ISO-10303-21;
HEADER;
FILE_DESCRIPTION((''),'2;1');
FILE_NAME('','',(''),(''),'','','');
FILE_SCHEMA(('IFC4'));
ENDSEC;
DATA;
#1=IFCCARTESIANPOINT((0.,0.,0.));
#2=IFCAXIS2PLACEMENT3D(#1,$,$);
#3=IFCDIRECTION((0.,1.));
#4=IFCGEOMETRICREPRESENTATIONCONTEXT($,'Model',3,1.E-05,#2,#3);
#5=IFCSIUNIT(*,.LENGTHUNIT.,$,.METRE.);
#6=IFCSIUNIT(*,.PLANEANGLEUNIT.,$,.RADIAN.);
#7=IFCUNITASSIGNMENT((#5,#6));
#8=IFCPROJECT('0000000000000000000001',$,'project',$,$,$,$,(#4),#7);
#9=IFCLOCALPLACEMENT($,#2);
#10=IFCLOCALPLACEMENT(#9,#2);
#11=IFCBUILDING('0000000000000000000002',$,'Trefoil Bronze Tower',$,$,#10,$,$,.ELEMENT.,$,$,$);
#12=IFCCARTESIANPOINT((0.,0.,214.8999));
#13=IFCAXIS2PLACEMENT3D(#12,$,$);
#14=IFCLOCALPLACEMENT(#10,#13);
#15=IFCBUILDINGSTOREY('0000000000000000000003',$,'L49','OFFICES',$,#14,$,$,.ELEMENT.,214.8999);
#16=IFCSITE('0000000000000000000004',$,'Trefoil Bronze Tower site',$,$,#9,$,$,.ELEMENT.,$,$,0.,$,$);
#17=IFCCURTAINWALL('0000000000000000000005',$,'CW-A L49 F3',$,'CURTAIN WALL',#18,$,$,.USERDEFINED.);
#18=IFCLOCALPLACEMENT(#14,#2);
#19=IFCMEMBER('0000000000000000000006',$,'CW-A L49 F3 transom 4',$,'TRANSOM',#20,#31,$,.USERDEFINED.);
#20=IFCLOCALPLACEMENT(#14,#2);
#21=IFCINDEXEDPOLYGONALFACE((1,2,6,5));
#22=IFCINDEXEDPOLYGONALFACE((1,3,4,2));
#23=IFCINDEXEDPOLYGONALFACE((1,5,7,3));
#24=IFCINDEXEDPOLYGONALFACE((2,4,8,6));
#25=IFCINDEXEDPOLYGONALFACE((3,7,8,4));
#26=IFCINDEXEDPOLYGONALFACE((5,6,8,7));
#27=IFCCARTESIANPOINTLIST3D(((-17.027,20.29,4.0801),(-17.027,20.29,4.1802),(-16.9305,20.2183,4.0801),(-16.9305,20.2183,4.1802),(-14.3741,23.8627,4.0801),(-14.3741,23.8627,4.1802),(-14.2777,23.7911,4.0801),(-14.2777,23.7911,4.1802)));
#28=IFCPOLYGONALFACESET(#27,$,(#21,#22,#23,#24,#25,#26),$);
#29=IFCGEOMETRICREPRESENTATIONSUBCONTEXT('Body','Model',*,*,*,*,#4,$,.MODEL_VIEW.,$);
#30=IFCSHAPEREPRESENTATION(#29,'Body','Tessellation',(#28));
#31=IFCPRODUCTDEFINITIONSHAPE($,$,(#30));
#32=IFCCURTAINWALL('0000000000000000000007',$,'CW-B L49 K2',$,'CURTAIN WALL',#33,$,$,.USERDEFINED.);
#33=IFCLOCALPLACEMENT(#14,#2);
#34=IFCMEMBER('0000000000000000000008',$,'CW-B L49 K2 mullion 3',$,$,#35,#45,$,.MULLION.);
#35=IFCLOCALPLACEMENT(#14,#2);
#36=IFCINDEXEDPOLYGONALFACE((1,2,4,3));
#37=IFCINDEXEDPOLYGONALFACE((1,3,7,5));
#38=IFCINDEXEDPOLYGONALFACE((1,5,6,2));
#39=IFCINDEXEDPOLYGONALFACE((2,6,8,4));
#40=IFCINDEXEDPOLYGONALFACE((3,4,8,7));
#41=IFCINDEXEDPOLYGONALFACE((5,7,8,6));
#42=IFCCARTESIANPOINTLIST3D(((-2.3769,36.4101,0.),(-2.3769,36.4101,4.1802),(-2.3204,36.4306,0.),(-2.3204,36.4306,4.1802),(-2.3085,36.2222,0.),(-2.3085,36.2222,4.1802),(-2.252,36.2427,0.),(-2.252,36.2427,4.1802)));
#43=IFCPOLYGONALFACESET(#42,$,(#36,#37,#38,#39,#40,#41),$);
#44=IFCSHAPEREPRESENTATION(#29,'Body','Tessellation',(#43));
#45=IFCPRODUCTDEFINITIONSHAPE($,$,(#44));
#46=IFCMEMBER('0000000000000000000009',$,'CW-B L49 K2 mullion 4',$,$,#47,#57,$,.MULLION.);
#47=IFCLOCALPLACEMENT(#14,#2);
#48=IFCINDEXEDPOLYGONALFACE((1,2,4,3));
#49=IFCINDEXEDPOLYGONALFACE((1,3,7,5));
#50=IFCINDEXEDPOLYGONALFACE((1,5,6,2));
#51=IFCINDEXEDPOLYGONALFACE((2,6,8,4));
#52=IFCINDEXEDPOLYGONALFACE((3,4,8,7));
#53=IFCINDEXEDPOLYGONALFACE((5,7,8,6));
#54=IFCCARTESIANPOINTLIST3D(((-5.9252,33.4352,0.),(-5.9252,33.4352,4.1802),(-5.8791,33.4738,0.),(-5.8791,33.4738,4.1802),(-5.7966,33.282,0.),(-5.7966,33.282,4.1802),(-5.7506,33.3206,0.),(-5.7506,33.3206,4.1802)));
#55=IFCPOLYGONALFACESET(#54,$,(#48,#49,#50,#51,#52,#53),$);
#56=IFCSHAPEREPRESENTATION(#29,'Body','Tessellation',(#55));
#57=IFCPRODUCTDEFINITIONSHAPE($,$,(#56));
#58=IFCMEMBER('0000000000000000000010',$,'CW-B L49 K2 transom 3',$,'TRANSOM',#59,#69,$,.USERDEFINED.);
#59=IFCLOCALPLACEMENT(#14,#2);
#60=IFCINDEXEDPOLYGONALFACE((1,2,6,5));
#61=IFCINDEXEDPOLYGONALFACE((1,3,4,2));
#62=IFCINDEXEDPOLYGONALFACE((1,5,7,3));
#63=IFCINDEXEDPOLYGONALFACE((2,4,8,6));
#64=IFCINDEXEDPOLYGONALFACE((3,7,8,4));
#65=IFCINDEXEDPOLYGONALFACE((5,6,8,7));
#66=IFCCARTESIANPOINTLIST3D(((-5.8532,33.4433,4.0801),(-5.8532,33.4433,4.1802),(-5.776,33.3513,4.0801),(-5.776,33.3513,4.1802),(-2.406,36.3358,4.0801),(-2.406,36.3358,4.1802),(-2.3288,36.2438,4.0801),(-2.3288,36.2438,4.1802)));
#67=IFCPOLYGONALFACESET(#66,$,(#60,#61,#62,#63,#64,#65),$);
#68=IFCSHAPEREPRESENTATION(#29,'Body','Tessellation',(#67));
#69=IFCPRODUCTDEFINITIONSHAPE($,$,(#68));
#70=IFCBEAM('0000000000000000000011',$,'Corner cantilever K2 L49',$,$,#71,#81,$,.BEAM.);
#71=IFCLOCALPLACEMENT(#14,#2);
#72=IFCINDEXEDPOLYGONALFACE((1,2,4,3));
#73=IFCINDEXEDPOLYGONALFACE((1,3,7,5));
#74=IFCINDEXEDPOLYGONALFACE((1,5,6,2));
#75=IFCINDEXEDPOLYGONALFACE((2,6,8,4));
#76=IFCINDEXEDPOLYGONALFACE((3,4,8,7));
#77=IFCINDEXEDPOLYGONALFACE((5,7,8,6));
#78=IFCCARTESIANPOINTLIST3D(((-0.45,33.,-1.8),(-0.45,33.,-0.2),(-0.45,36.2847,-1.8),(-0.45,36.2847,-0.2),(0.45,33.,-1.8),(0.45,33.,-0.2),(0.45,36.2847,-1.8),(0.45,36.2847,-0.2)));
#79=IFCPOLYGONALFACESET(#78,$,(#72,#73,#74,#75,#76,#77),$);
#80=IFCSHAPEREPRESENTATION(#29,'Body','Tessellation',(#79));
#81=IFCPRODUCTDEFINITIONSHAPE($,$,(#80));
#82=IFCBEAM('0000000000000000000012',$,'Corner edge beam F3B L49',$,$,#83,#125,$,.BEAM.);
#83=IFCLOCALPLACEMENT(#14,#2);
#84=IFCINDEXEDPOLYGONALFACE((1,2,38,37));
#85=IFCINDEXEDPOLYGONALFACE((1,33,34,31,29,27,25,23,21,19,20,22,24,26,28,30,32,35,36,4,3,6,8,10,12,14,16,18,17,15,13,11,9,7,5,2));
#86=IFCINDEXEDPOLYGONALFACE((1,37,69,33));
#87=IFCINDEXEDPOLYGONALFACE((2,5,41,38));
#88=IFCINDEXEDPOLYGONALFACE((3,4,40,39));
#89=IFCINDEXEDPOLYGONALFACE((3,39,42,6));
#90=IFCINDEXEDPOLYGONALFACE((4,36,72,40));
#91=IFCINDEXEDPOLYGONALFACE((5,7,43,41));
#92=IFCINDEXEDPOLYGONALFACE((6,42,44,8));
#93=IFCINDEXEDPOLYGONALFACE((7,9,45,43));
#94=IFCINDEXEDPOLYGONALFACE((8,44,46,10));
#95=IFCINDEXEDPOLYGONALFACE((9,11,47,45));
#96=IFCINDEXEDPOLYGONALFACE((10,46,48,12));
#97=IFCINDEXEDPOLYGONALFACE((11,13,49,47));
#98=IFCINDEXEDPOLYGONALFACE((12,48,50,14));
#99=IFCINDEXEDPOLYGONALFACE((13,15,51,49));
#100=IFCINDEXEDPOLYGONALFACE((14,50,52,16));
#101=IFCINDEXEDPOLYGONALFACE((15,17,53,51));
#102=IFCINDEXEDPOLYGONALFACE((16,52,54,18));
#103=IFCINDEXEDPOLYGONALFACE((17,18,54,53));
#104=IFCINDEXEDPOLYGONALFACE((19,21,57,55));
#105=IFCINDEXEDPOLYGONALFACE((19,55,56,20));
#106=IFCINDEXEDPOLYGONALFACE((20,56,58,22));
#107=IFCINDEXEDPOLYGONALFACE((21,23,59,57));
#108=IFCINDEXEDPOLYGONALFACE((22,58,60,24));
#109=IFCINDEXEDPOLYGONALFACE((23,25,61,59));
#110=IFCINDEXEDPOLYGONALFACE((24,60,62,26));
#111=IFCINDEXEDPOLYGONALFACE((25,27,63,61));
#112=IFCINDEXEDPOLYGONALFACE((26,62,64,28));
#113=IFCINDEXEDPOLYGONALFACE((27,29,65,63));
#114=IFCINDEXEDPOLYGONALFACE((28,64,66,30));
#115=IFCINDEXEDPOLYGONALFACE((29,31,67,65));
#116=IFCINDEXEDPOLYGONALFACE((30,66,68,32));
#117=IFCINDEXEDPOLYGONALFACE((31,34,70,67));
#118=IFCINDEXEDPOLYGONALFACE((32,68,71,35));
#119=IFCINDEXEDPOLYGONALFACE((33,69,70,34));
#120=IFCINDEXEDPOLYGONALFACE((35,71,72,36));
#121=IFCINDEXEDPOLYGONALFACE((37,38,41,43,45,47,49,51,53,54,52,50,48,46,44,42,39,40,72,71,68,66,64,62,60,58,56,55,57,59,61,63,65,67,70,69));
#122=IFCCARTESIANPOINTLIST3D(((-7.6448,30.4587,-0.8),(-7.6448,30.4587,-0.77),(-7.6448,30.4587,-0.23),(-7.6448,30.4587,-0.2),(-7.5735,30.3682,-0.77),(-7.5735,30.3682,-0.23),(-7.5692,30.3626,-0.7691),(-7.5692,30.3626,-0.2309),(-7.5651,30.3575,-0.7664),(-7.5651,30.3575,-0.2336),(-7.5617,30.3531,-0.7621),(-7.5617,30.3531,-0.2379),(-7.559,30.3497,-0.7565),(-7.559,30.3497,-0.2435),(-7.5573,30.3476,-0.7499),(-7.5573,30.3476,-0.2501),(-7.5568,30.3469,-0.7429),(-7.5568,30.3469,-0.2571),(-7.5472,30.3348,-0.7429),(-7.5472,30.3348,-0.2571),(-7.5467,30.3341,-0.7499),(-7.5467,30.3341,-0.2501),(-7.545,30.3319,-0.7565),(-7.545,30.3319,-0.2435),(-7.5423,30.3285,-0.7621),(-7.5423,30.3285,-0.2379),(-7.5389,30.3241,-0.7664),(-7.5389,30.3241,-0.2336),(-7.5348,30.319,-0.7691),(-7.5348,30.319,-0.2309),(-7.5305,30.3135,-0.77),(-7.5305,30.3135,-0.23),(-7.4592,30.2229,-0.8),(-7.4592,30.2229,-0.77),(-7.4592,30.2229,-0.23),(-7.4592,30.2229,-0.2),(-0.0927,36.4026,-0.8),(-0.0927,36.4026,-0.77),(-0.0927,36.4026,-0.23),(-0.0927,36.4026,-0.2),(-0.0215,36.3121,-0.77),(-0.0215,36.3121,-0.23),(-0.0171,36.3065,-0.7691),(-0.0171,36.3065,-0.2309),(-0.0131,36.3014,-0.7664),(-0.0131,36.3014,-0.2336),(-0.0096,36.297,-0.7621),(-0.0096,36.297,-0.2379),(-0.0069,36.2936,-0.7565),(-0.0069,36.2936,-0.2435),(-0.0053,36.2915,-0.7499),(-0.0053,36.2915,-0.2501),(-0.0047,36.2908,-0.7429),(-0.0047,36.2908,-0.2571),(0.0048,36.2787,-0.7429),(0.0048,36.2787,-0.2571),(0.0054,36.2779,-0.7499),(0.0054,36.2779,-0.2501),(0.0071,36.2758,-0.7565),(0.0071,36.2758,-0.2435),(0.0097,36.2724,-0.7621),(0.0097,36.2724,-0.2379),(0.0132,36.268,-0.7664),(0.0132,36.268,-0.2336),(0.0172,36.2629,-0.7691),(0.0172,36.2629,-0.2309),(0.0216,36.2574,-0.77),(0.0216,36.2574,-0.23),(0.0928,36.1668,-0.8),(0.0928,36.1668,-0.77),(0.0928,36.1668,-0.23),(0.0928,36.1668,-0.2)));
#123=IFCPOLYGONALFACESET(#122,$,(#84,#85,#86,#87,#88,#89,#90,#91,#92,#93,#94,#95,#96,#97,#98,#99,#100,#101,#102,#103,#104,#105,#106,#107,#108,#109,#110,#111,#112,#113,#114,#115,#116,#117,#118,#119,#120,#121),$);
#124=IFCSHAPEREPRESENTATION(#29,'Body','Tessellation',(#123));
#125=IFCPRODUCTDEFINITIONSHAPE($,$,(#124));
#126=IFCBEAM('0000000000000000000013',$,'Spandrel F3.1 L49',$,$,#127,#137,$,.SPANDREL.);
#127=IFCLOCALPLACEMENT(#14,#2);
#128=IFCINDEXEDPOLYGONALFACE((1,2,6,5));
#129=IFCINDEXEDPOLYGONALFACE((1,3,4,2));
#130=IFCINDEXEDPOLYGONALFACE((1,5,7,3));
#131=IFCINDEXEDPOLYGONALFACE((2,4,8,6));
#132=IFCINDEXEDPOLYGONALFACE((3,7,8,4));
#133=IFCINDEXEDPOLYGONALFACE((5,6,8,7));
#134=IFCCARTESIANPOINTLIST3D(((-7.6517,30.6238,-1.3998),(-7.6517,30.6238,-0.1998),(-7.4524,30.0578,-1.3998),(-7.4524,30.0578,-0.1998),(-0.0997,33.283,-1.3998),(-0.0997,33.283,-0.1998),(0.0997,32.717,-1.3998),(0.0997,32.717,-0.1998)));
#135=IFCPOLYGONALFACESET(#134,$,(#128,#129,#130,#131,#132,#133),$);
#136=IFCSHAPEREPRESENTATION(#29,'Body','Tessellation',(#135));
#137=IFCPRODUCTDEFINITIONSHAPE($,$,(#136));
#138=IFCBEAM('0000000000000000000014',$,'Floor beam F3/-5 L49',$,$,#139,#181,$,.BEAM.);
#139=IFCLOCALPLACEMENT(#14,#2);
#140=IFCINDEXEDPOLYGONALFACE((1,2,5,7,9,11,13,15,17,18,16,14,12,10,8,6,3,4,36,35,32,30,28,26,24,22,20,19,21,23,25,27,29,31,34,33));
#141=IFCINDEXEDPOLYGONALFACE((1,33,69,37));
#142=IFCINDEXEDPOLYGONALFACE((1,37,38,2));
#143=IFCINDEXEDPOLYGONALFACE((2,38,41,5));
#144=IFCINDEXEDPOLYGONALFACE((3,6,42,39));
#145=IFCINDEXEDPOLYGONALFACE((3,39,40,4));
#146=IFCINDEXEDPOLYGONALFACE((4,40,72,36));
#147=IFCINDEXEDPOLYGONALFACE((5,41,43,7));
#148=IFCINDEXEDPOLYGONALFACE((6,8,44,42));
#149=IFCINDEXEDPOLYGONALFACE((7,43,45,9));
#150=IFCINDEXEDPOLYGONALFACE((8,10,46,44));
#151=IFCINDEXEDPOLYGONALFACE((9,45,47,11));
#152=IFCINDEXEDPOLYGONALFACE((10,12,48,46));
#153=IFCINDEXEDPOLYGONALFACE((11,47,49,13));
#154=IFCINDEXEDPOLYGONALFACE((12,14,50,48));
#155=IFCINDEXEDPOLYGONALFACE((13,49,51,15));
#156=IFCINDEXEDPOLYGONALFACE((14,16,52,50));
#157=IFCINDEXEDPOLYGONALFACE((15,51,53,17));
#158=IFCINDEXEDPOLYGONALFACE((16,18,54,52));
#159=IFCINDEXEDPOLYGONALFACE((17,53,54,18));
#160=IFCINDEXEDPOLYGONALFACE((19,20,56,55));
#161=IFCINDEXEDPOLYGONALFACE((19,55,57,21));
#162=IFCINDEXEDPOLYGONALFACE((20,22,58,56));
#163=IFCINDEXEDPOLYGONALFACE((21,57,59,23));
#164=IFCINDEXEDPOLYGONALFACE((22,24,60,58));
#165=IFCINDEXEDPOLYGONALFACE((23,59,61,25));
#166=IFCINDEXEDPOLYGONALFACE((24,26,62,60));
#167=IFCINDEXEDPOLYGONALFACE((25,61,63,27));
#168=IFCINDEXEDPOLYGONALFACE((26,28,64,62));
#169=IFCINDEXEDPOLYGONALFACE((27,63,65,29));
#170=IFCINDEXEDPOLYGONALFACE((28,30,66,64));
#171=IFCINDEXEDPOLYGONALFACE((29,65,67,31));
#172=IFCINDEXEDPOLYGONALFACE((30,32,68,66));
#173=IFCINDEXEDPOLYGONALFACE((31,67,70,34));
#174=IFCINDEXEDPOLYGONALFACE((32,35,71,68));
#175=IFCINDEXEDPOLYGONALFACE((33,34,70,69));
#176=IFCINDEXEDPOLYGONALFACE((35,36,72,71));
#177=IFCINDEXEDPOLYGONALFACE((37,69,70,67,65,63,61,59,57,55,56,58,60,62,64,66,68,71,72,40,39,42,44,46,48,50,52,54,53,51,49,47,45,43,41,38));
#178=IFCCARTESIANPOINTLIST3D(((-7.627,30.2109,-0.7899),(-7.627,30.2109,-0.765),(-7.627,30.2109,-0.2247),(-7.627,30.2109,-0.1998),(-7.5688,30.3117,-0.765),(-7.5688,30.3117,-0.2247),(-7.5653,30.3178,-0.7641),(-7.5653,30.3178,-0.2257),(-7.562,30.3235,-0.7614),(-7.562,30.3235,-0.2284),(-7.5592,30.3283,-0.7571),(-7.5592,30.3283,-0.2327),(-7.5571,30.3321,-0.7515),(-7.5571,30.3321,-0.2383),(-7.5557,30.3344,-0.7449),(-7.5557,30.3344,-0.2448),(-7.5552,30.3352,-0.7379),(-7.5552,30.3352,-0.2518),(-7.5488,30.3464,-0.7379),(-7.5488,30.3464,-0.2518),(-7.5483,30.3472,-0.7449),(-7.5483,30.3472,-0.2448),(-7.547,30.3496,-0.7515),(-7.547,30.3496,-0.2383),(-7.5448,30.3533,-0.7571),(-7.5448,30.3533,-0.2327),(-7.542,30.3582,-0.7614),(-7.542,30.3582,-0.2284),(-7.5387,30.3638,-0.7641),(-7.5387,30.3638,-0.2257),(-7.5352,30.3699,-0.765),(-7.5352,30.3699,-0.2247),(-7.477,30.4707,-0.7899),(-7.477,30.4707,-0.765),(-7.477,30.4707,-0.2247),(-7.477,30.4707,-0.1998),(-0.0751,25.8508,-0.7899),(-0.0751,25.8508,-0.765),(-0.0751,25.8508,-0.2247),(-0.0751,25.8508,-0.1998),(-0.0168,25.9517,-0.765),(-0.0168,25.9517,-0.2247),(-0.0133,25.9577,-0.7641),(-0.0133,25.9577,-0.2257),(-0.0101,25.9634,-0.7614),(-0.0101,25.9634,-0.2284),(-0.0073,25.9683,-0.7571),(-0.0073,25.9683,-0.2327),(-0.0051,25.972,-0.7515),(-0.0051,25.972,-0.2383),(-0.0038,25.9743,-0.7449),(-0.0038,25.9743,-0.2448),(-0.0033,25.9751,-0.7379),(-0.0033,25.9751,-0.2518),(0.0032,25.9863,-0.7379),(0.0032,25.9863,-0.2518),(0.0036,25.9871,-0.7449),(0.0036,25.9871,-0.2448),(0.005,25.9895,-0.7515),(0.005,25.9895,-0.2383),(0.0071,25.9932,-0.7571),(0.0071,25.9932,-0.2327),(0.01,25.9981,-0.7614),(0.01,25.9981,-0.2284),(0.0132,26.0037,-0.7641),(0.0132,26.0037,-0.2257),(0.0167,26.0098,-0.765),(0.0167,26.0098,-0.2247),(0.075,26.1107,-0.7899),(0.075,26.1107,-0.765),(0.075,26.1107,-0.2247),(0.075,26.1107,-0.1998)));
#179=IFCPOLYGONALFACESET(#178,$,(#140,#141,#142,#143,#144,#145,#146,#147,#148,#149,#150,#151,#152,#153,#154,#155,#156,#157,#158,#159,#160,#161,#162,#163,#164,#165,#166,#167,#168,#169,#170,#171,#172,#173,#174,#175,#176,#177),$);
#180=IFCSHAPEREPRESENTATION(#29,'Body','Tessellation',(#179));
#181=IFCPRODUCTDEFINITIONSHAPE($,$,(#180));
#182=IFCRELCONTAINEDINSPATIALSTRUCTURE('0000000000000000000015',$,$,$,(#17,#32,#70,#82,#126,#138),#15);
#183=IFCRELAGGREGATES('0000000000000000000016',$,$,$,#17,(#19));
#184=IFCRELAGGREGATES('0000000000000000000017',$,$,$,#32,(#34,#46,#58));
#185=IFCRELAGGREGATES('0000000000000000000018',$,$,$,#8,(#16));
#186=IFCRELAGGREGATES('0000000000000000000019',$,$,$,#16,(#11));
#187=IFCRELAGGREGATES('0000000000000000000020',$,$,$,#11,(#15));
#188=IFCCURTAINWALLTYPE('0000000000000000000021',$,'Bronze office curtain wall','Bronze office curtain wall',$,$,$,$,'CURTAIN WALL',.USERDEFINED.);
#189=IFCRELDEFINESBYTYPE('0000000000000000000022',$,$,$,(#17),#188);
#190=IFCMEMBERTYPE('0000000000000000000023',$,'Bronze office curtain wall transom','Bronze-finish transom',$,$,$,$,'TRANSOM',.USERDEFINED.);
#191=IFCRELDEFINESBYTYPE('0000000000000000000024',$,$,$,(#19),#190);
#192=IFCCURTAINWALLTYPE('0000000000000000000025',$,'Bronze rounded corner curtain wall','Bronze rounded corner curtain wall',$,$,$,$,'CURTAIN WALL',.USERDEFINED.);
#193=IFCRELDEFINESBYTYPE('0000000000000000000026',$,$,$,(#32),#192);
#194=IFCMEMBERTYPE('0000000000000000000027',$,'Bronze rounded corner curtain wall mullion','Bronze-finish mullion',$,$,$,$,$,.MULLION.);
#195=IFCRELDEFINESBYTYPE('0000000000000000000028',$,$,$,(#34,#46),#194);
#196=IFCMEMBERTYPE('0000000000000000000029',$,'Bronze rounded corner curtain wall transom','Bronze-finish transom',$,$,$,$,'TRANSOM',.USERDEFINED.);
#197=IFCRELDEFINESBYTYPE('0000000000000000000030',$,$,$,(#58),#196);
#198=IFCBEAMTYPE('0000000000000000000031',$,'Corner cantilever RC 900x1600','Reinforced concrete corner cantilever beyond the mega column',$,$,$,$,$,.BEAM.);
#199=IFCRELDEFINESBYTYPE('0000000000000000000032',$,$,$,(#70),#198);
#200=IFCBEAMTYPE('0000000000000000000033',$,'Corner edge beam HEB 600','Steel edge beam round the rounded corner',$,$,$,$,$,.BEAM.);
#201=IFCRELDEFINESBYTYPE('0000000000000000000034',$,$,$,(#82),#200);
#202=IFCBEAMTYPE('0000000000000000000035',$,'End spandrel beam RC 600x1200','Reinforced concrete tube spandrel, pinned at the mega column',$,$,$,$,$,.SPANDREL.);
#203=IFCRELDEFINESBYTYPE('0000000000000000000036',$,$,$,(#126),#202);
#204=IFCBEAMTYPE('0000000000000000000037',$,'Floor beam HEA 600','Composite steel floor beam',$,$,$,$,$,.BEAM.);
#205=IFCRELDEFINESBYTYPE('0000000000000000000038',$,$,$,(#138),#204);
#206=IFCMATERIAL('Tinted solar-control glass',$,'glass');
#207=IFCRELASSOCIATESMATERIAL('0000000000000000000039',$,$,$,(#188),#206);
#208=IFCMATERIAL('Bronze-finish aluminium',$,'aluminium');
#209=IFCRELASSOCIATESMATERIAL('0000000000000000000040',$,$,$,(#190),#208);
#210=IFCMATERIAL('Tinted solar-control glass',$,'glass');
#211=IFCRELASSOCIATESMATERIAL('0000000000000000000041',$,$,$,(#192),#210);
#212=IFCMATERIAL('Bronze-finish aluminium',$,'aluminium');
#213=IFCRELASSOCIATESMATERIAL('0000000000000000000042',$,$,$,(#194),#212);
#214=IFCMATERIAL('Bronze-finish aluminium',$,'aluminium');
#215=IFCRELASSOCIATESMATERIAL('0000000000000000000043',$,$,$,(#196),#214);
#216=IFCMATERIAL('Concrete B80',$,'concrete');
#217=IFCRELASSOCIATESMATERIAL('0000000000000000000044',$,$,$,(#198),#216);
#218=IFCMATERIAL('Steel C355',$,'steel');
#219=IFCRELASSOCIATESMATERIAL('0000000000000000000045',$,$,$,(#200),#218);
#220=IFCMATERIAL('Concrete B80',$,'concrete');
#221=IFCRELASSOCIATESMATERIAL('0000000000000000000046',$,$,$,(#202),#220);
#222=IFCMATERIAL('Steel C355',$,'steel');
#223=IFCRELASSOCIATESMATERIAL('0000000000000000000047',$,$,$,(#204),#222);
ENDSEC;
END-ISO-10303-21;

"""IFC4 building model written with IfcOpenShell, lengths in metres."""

from ifc_helpers import new_model, si_unit, direction, frame, origin, origin_2d, place, context, subcontext, project, spatial, rectangle, i_section, extrude, material, material_profile, profile_set, type_object, element, aggregate, save


model = new_model("IFC4")

# Units and contexts
model_context = context("Model", 3, precision=1e-05, world=origin(), true_north=direction((0.0, 1.0)))
body_context = subcontext(model_context, "Body", "Model", "MODEL_VIEW")
ifc_project = project(units=[si_unit("LENGTHUNIT", "METRE"), si_unit("PLANEANGLEUNIT", "RADIAN")], contexts=[model_context])

# Site, building, storey
site_placement = place(None, origin())
site = spatial("IfcSite", under=ifc_project, at=site_placement, Name="Trefoil Bronze Tower site", CompositionType="ELEMENT", RefElevation=0.0)
building_placement = place(site_placement, origin())
building = spatial("IfcBuilding", under=site, at=building_placement, Name="Trefoil Bronze Tower", CompositionType="ELEMENT")
storey_placement = place(building_placement, frame((0.0, 0.0, 214.8999)))
storey = spatial("IfcBuildingStorey", under=building, at=storey_placement, Name="L49", Description="OFFICES", CompositionType="ELEMENT", Elevation=214.8999)

# Curtain walls, members
ifc_material_1 = material(Name="Tinted solar-control glass", Category="glass")
curtain_wall_type_1 = type_object("IfcCurtainWallType", Name="Bronze office curtain wall", Description="Bronze office curtain wall", ElementType="CURTAIN WALL", PredefinedType="USERDEFINED", material=ifc_material_1)
curtain_wall_1_placement = place(storey_placement, origin())
curtain_wall_1 = element("IfcCurtainWall", 1, at=curtain_wall_1_placement, inside=storey, type_object=curtain_wall_type_1, Name="CW-A L49 F3", ObjectType="CURTAIN WALL", PredefinedType="USERDEFINED")
ifc_material_2 = material(Name="Bronze-finish aluminium", Category="aluminium")
ifc_material_profile_1 = material_profile(ifc_material_2, rectangle(XDim=0.1201, YDim=0.1001, at=origin_2d()), Name="CW-A transom")
ifc_profile_set_1 = profile_set([ifc_material_profile_1], Name="Bronze-finish aluminium")
member_type_1 = type_object("IfcMemberType", Name="Bronze office curtain wall transom", Description="Bronze-finish transom", ElementType="TRANSOM", PredefinedType="USERDEFINED", material=ifc_profile_set_1)
member_1_placement = place(storey_placement, frame((-14.3259, 23.8269, 4.1301), z_axis=(-0.596148, -0.802874, 0.0), x_axis=(0.802874, -0.596148, 0.0)))
member_1 = element("IfcMember", 2, at=member_1_placement, type_object=member_type_1, Name="CW-A L49 F3 transom 4", ObjectType="TRANSOM", PredefinedType="USERDEFINED", context=body_context, shape_type="SweptSolid", body=[
    extrude(rectangle(XDim=0.1201, YDim=0.1001, at=origin_2d()), origin(), (0.0, 0.0, 1.0), 4.45),
])
ifc_material_3 = material(Name="Tinted solar-control glass", Category="glass")
curtain_wall_type_2 = type_object("IfcCurtainWallType", Name="Bronze rounded corner curtain wall", Description="Bronze rounded corner curtain wall", ElementType="CURTAIN WALL", PredefinedType="USERDEFINED", material=ifc_material_3)
curtain_wall_2_placement = place(storey_placement, origin())
curtain_wall_2 = element("IfcCurtainWall", 3, at=curtain_wall_2_placement, inside=storey, type_object=curtain_wall_type_2, Name="CW-B L49 K2", ObjectType="CURTAIN WALL", PredefinedType="USERDEFINED")
ifc_material_4 = material(Name="Bronze-finish aluminium", Category="aluminium")
ifc_material_profile_2 = material_profile(ifc_material_4, rectangle(XDim=0.2, YDim=0.0601, at=origin_2d()), Name="CW-B mullion")
ifc_profile_set_2 = profile_set([ifc_material_profile_2], Name="Bronze-finish aluminium")
member_type_2 = type_object("IfcMemberType", Name="Bronze rounded corner curtain wall mullion", Description="Bronze-finish mullion", PredefinedType="MULLION", material=ifc_profile_set_2)
member_2_placement = place(storey_placement, frame((-2.3145, 36.3264, 0.0), z_axis=(0.0, 0.0, 1.0), x_axis=(0.34202, -0.939693, 0.0)))
member_2 = element("IfcMember", 4, at=member_2_placement, type_object=member_type_2, Name="CW-B L49 K2 mullion 3", PredefinedType="MULLION", context=body_context, shape_type="SweptSolid", body=[
    extrude(rectangle(XDim=0.2, YDim=0.0601, at=origin_2d()), origin(), (0.0, 0.0, 1.0), 4.1802),
])
member_3_placement = place(storey_placement, frame((-5.8379, 33.3779, 0.0), z_axis=(0.0, 0.0, 1.0), x_axis=(0.642788, -0.766044, 0.0)))
member_3 = element("IfcMember", 5, at=member_3_placement, type_object=member_type_2, Name="CW-B L49 K2 mullion 4", PredefinedType="MULLION", context=body_context, shape_type="SweptSolid", body=[
    extrude(rectangle(XDim=0.2, YDim=0.0601, at=origin_2d()), origin(), (0.0, 0.0, 1.0), 4.1802),
])
ifc_material_5 = material(Name="Bronze-finish aluminium", Category="aluminium")
ifc_material_profile_3 = material_profile(ifc_material_5, rectangle(XDim=0.1201, YDim=0.1001, at=origin_2d()), Name="CW-B transom")
ifc_profile_set_3 = profile_set([ifc_material_profile_3], Name="Bronze-finish aluminium")
member_type_3 = type_object("IfcMemberType", Name="Bronze rounded corner curtain wall transom", Description="Bronze-finish transom", ElementType="TRANSOM", PredefinedType="USERDEFINED", material=ifc_profile_set_3)
member_4_placement = place(storey_placement, frame((-2.3674, 36.2898, 4.1301), z_axis=(-0.766047, -0.642785, 0.0), x_axis=(0.642785, -0.766047, 0.0)))
member_4 = element("IfcMember", 6, at=member_4_placement, type_object=member_type_3, Name="CW-B L49 K2 transom 3", ObjectType="TRANSOM", PredefinedType="USERDEFINED", context=body_context, shape_type="SweptSolid", body=[
    extrude(rectangle(XDim=0.1201, YDim=0.1001, at=origin_2d()), origin(), (0.0, 0.0, 1.0), 4.5),
])

# Beams
ifc_material_6 = material(Name="Concrete B80", Category="concrete")
ifc_material_profile_4 = material_profile(ifc_material_6, rectangle(XDim=0.8999, YDim=1.6001, at=origin_2d()), Name="RC 900x1600")
ifc_profile_set_4 = profile_set([ifc_material_profile_4], Name="Concrete B80")
beam_type_1 = type_object("IfcBeamType", Name="Corner cantilever RC 900x1600", Description="Reinforced concrete corner cantilever beyond the mega column", PredefinedType="BEAM", material=ifc_profile_set_4)
beam_1_placement = place(storey_placement, frame((0.0, 33.0, -1.0), z_axis=(0.0, 1.0, 0.0), x_axis=(-1.0, 0.0, 0.0)))
element("IfcBeam", 7, at=beam_1_placement, inside=storey, type_object=beam_type_1, Name="Corner cantilever K2 L49", PredefinedType="BEAM", context=body_context, shape_type="SweptSolid", body=[
    extrude(rectangle(XDim=0.8999, YDim=1.6001, at=origin_2d()), origin(), (0.0, 0.0, 1.0), 3.2847),
])
ifc_material_7 = material(Name="Steel C355", Category="steel")
ifc_material_profile_5 = material_profile(ifc_material_7, i_section(OverallWidth=0.3, OverallDepth=0.6001, WebThickness=0.0154, FlangeThickness=0.03, FilletRadius=0.0271, at=origin_2d()), Name="HEB 600")
ifc_profile_set_5 = profile_set([ifc_material_profile_5], Name="Steel C355")
beam_type_2 = type_object("IfcBeamType", Name="Corner edge beam HEB 600", Description="Steel edge beam round the rounded corner", PredefinedType="BEAM", material=ifc_profile_set_5)
beam_2_placement = place(storey_placement, frame((-7.552, 30.3408, -0.5), z_axis=(0.785806, 0.618473, 0.0), x_axis=(-0.618473, 0.785806, 0.0)))
element("IfcBeam", 8, at=beam_2_placement, inside=storey, type_object=beam_type_2, Name="Corner edge beam F3B L49", PredefinedType="BEAM", context=body_context, shape_type="SweptSolid", body=[
    extrude(i_section(OverallWidth=0.3, OverallDepth=0.6001, WebThickness=0.0154, FlangeThickness=0.03, FilletRadius=0.0271, at=origin_2d()), origin(), (0.0, 0.0, 1.0), 9.6106),
])
ifc_material_8 = material(Name="Concrete B80", Category="concrete")
ifc_material_profile_6 = material_profile(ifc_material_8, rectangle(XDim=0.6001, YDim=1.2, at=origin_2d()), Name="RC 600x1200")
ifc_profile_set_6 = profile_set([ifc_material_profile_6], Name="Concrete B80")
beam_type_3 = type_object("IfcBeamType", Name="End spandrel beam RC 600x1200", Description="Reinforced concrete tube spandrel, pinned at the mega column", PredefinedType="SPANDREL", material=ifc_profile_set_6)
beam_3_placement = place(storey_placement, frame((0.0, 33.0, -0.7998), z_axis=(-0.943234, -0.332128, 0.0), x_axis=(0.332128, -0.943234, 0.0)))
element("IfcBeam", 9, at=beam_3_placement, inside=storey, type_object=beam_type_3, Name="Spandrel F3.1 L49", PredefinedType="SPANDREL", context=body_context, shape_type="SweptSolid", body=[
    extrude(rectangle(XDim=0.6001, YDim=1.2, at=origin_2d()), origin(), (0.0, 0.0, 1.0), 8.0066),
])
ifc_material_9 = material(Name="Steel C355", Category="steel")
ifc_material_profile_7 = material_profile(ifc_material_9, i_section(OverallWidth=0.3, OverallDepth=0.5901, WebThickness=0.0129, FlangeThickness=0.0249, FilletRadius=0.0271, at=origin_2d()), Name="HEA 600")
ifc_profile_set_7 = profile_set([ifc_material_profile_7], Name="Steel C355")
beam_type_4 = type_object("IfcBeamType", Name="Floor beam HEA 600", Description="Composite steel floor beam", PredefinedType="BEAM", material=ifc_profile_set_7)
beam_4_placement = place(storey_placement, frame((-7.552, 30.3408, -0.4949), z_axis=(0.866028, -0.499996, 0.0), x_axis=(0.499996, 0.866028, 0.0)))
element("IfcBeam", 10, at=beam_4_placement, inside=storey, type_object=beam_type_4, Name="Floor beam F3/-5 L49", PredefinedType="BEAM", context=body_context, shape_type="SweptSolid", body=[
    extrude(i_section(OverallWidth=0.3, OverallDepth=0.5901, WebThickness=0.0129, FlangeThickness=0.0249, FilletRadius=0.0271, at=origin_2d()), origin(), (0.0, 0.0, 1.0), 8.7202),
])

aggregate(curtain_wall_1, [member_1])
aggregate(curtain_wall_2, [member_2, member_3, member_4])

save(model, "model.ifc")
